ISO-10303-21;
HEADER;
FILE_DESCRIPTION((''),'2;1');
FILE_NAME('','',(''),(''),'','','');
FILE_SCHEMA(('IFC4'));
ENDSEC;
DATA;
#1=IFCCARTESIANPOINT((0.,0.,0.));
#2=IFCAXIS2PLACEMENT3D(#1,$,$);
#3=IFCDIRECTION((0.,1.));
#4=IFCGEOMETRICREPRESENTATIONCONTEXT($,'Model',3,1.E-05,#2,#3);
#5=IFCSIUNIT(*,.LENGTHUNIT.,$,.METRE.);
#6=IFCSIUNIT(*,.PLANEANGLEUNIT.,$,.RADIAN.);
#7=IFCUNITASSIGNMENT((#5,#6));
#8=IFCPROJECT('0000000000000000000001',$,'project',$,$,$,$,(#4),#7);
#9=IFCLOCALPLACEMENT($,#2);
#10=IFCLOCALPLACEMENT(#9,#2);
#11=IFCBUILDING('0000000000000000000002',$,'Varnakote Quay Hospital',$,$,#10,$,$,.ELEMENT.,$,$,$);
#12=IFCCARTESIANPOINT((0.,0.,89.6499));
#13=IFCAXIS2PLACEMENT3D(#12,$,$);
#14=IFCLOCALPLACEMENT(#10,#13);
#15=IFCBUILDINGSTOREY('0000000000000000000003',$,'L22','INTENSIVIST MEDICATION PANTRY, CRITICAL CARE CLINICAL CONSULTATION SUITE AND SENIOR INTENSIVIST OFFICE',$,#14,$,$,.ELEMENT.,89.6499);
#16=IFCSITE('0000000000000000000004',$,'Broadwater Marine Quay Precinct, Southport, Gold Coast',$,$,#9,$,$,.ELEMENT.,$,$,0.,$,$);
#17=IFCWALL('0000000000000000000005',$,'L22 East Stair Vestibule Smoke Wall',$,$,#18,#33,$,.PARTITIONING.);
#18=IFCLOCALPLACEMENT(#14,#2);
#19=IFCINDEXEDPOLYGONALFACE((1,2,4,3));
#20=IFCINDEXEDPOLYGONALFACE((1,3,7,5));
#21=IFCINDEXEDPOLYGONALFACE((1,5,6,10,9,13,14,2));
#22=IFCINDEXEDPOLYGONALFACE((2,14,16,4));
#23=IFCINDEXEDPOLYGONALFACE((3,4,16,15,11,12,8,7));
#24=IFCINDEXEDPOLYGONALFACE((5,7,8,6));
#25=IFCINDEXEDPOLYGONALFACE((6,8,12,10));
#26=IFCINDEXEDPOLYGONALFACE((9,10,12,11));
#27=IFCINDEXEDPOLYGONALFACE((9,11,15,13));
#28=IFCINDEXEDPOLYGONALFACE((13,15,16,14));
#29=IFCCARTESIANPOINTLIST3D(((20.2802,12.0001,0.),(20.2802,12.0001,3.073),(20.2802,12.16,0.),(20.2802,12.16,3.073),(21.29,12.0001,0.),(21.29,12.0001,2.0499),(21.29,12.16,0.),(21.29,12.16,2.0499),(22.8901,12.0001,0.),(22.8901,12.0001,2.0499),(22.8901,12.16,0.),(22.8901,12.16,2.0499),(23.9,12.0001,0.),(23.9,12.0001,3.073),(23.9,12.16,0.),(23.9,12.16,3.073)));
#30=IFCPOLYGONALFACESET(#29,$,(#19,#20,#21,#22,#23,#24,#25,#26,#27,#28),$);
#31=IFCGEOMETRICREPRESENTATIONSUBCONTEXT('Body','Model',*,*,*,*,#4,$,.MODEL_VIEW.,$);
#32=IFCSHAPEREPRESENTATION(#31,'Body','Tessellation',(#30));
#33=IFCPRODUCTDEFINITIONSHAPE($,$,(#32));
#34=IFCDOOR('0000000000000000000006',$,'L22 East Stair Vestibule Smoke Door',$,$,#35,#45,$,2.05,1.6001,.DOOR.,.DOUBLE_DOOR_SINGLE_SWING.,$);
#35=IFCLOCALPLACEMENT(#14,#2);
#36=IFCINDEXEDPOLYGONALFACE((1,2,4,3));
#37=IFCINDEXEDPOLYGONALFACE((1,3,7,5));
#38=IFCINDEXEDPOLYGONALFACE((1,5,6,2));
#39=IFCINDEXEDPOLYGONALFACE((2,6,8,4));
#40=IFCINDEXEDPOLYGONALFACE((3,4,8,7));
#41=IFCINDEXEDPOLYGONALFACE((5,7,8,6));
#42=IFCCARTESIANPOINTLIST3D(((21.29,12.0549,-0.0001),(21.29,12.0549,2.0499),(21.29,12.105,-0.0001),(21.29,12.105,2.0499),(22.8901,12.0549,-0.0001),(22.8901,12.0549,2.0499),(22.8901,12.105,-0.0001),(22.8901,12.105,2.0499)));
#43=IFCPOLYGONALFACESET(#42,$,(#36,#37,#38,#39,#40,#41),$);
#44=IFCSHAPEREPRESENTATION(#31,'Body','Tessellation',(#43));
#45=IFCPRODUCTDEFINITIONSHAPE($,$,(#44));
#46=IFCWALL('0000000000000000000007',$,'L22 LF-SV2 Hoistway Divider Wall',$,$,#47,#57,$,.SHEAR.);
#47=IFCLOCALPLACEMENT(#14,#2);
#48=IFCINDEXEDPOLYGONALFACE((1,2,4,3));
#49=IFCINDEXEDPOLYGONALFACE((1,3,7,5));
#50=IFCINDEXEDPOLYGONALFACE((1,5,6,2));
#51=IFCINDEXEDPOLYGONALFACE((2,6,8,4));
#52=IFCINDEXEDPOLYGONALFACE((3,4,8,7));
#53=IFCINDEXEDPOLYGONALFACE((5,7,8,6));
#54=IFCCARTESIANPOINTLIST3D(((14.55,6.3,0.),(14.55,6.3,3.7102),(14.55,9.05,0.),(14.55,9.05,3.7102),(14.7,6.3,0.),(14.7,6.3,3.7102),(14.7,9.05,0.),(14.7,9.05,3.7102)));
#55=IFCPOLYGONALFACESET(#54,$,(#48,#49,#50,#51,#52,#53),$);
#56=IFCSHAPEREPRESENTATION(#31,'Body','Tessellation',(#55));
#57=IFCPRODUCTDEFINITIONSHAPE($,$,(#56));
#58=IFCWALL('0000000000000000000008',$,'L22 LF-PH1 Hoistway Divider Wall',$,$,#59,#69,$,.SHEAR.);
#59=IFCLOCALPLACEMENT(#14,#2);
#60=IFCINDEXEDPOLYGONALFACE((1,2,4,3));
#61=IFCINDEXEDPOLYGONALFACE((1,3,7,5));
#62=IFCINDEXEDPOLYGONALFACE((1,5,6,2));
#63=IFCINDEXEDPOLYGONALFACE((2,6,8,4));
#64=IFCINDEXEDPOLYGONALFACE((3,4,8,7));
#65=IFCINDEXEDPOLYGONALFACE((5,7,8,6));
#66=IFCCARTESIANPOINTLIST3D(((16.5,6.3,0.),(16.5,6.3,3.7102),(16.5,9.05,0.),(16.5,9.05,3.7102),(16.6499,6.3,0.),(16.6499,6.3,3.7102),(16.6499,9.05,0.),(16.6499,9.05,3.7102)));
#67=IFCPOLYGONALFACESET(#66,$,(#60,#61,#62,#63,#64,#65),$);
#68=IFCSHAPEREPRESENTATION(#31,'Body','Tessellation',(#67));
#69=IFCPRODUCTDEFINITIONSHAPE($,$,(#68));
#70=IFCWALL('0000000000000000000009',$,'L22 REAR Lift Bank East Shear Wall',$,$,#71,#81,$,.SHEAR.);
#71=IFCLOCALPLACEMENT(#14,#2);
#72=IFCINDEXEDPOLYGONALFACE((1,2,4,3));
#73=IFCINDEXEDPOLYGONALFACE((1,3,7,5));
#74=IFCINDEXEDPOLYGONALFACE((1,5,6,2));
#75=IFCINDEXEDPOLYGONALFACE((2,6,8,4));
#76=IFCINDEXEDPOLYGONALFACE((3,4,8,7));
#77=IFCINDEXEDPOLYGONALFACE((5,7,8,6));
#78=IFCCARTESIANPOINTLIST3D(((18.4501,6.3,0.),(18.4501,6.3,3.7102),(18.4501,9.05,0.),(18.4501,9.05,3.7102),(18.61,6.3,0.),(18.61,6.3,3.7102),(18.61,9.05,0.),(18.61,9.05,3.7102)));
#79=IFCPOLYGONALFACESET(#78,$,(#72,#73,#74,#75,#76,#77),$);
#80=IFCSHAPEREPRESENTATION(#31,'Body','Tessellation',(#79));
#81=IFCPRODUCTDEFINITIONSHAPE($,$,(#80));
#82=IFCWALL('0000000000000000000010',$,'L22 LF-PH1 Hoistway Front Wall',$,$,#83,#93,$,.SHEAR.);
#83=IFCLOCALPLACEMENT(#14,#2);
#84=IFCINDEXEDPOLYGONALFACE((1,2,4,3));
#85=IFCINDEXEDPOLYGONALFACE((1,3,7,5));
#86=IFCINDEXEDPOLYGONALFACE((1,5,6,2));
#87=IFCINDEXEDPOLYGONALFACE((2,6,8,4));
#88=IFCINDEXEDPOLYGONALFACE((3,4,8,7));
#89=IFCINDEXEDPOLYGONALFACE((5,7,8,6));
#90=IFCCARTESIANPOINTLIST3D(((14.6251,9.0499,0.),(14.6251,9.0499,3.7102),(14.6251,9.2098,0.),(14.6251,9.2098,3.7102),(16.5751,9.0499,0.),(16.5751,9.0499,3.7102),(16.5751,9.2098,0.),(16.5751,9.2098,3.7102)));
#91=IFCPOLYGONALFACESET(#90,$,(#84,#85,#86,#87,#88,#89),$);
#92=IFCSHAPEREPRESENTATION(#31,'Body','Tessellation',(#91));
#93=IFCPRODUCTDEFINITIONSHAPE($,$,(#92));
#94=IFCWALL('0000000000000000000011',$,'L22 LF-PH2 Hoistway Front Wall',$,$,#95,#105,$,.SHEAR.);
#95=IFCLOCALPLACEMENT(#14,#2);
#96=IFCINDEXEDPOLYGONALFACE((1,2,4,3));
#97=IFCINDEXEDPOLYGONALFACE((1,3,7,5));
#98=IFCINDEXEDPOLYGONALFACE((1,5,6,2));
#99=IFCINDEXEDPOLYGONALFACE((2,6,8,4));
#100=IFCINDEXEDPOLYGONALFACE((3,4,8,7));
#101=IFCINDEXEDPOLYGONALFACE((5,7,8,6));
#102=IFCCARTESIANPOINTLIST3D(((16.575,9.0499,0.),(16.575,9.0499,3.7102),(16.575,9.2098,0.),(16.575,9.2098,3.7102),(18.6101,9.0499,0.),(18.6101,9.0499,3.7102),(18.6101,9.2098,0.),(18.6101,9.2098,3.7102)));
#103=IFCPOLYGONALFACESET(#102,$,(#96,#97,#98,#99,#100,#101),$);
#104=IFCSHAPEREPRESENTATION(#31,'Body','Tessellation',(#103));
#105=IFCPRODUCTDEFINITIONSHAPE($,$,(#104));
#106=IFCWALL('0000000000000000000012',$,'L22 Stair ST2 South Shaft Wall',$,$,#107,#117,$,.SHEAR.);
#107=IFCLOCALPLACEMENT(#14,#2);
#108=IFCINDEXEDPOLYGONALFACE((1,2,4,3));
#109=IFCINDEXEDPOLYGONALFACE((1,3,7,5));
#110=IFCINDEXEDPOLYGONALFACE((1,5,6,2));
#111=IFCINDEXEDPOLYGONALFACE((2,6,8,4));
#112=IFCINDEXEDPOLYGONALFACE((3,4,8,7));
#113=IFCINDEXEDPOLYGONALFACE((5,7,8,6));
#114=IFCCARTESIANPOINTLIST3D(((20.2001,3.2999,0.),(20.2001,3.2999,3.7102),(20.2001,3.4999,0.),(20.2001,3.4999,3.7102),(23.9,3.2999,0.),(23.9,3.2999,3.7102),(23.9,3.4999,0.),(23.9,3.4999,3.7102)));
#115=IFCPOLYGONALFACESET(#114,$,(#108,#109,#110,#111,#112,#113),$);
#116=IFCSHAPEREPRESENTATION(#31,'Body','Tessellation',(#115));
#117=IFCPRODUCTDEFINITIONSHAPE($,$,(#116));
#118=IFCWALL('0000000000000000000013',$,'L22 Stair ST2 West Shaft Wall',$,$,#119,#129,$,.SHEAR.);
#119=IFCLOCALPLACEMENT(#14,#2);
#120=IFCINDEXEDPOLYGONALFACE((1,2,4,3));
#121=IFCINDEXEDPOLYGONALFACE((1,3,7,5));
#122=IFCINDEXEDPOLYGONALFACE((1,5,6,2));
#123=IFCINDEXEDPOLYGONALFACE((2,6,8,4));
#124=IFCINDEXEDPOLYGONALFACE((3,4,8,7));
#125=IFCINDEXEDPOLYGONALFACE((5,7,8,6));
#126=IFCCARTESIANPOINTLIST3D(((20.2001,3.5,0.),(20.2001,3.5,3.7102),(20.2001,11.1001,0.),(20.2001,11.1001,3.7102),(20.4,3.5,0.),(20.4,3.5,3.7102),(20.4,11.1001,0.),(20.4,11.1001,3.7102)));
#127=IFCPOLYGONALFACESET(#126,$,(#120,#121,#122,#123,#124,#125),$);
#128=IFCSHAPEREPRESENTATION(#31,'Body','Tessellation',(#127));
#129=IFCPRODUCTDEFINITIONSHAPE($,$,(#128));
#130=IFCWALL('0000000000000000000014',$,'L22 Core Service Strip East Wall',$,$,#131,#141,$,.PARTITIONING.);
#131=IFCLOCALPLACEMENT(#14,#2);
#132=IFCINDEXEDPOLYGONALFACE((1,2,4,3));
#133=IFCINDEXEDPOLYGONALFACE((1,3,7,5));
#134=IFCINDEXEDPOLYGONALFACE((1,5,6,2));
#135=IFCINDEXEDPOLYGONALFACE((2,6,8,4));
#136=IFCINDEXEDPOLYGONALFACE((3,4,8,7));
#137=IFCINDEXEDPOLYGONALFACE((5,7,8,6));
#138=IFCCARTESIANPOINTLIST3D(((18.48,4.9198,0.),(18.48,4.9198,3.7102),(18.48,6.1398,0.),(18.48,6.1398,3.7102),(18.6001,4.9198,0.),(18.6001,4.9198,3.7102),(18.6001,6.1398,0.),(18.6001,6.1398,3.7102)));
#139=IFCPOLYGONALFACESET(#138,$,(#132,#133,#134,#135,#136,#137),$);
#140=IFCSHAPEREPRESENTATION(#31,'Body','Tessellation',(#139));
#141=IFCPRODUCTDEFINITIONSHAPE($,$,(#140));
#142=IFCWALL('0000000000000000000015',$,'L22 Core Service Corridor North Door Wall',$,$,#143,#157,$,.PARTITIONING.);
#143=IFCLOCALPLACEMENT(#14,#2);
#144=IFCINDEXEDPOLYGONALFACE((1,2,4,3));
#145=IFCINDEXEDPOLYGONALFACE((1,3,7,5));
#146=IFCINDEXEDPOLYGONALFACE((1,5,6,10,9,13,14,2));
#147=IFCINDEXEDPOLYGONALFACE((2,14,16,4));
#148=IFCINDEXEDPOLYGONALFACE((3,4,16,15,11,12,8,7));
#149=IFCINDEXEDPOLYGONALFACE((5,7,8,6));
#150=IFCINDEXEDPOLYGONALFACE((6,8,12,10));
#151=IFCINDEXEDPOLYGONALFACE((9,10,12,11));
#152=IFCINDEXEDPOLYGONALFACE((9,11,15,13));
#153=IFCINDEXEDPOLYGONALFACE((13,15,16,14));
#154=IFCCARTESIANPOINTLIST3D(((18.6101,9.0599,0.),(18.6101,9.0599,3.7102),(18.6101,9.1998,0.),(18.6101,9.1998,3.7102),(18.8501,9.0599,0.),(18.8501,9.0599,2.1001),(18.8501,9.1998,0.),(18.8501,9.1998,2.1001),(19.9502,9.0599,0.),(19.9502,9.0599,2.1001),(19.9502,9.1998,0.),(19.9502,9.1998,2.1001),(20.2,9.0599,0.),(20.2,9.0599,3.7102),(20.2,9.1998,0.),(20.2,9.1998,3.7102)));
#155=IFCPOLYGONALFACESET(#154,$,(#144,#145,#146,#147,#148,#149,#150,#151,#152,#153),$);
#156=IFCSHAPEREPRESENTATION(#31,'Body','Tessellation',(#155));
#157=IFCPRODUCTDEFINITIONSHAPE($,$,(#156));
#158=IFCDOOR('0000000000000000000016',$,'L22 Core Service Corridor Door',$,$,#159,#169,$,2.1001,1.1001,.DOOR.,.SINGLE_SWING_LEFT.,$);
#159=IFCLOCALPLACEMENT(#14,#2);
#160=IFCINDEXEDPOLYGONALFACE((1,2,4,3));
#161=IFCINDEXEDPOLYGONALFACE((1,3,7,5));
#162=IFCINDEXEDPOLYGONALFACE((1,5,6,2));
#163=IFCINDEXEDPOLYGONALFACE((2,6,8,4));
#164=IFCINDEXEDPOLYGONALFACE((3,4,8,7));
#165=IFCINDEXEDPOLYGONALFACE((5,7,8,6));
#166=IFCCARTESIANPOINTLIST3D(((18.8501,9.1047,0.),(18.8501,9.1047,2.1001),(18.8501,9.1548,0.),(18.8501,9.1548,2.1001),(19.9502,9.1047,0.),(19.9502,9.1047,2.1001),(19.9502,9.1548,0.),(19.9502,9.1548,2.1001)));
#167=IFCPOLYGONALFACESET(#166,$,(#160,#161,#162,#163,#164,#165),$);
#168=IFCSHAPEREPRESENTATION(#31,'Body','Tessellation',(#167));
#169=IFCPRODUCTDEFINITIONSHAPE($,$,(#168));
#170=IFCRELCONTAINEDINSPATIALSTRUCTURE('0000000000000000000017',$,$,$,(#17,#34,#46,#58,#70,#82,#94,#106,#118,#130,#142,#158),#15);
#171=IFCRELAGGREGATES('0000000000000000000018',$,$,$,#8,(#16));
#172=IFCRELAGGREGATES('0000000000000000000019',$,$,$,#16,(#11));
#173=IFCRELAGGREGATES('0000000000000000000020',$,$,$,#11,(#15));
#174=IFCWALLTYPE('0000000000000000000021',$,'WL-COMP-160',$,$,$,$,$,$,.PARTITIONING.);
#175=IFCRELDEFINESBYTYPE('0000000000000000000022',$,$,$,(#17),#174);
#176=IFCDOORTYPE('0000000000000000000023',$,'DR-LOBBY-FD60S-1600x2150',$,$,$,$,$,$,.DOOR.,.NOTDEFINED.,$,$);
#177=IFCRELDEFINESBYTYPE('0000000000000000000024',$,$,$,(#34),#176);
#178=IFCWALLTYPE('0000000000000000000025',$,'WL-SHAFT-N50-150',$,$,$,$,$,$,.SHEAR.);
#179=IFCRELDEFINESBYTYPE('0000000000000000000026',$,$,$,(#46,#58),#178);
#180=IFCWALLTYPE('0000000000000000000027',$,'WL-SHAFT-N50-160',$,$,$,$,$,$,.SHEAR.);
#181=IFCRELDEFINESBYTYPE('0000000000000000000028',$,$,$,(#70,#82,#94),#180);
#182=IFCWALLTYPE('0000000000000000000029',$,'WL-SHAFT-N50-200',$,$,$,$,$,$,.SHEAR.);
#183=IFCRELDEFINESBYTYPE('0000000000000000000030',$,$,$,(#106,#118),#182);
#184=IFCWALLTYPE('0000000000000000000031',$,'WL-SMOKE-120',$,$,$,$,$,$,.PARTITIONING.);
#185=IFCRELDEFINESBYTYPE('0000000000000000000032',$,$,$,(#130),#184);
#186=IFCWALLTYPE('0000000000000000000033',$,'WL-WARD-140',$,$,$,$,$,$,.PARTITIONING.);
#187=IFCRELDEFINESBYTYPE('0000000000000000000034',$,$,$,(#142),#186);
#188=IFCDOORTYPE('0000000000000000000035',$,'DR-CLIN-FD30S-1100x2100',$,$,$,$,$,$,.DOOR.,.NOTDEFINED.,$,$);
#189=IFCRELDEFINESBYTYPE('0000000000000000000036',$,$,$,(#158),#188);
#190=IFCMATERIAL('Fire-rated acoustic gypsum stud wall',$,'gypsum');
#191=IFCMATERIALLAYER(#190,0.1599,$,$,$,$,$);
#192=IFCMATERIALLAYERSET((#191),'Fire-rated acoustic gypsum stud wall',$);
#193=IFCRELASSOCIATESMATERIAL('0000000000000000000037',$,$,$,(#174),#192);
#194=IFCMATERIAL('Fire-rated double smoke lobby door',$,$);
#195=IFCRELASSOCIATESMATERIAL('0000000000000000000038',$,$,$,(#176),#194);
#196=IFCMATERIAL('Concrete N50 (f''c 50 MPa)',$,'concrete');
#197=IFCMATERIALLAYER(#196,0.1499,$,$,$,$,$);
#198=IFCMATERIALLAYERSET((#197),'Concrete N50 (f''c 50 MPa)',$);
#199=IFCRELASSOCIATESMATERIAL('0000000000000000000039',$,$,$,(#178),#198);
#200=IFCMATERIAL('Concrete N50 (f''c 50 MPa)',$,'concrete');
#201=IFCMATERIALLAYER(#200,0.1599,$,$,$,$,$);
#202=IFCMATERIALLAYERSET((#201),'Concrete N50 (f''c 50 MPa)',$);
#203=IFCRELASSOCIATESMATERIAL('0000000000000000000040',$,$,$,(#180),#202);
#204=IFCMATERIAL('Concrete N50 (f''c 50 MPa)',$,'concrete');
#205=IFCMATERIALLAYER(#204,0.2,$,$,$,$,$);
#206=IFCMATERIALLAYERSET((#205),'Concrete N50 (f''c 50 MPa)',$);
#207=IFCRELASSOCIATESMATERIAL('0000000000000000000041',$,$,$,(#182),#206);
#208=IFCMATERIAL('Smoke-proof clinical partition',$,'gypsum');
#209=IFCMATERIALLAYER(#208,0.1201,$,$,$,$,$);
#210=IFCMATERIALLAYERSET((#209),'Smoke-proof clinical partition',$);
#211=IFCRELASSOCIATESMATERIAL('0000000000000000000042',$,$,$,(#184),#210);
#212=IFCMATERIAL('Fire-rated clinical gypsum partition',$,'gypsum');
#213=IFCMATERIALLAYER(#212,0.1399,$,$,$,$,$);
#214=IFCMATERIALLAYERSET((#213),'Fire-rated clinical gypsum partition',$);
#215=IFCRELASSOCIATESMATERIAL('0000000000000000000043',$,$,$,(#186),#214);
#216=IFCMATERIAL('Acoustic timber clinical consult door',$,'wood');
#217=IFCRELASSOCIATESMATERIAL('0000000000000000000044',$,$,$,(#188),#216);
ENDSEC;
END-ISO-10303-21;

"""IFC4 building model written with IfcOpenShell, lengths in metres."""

from ifc_helpers import new_model, si_unit, direction, frame, frame_2d, origin, place, context, subcontext, project, spatial, rectangle, extrude, material, layer, layer_set, type_object, element, fill, save


model = new_model("IFC4")

# Units and contexts
model_context = context("Model", 3, precision=1e-05, world=origin(), true_north=direction((0.0, 1.0)))
body_context = subcontext(model_context, "Body", "Model", "MODEL_VIEW")
ifc_project = project(units=[si_unit("LENGTHUNIT", "METRE"), si_unit("PLANEANGLEUNIT", "RADIAN")], contexts=[model_context])

# Site, building, storey
site_placement = place(None, origin())
site = spatial("IfcSite", under=ifc_project, at=site_placement, Name="Broadwater Marine Quay Precinct, Southport, Gold Coast", CompositionType="ELEMENT", RefElevation=0.0)
building_placement = place(site_placement, origin())
building = spatial("IfcBuilding", under=site, at=building_placement, Name="Varnakote Quay Hospital", CompositionType="ELEMENT")
storey_placement = place(building_placement, frame((0.0, 0.0, 89.6499)))
storey = spatial("IfcBuildingStorey", under=building, at=storey_placement, Name="L22", Description="INTENSIVIST MEDICATION PANTRY, CRITICAL CARE CLINICAL CONSULTATION SUITE AND SENIOR INTENSIVIST OFFICE", CompositionType="ELEMENT", Elevation=89.6499)

# Shared definitions
ifc_material_1 = material(Name="Fire-rated acoustic gypsum stud wall", Category="gypsum")
ifc_layer_1 = layer(ifc_material_1, 0.1599)
ifc_layer_set_1 = layer_set([ifc_layer_1], Name="Fire-rated acoustic gypsum stud wall")
wall_type_1 = type_object("IfcWallType", Name="WL-COMP-160", PredefinedType="PARTITIONING", material=ifc_layer_set_1)

# Shared definitions
ifc_material_2 = material(Name="Fire-rated double smoke lobby door")
door_type_1 = type_object("IfcDoorType", Name="DR-LOBBY-FD60S-1600x2150", OperationType="NOTDEFINED", PredefinedType="DOOR", material=ifc_material_2)

# Wall, opening, door
wall_1_placement = place(storey_placement, frame((20.28, 12.0801, 0.0), z_axis=(0.0, 0.0, 1.0), x_axis=(1.0, 0.0, 0.0)))
wall_1 = element("IfcWall", 1, at=wall_1_placement, inside=storey, type_object=wall_type_1, Name="L22 East Stair Vestibule Smoke Wall", PredefinedType="PARTITIONING", context=body_context, shape_type="SweptSolid", body=[
    extrude(rectangle(XDim=3.6199, YDim=0.1599, at=frame_2d((1.8101, 0.0))), origin(), (0.0, 0.0, 1.0), 3.073),
])
opening_1_placement = place(wall_1_placement, frame((1.01, 0.0, 0.0)))
opening_1 = element("IfcOpeningElement", 2, at=opening_1_placement, cuts=wall_1, PredefinedType="OPENING", context=body_context, shape_type="SweptSolid", body=[
    extrude(rectangle(XDim=1.6001, YDim=2.05, at=frame_2d((0.8, 1.0249))), frame((0.0, 0.0898, 0.0), z_axis=(0.0, -1.0, 0.0), x_axis=(1.0, 0.0, 0.0)), (0.0, 0.0, 1.0), 0.1799),
])
door_1_placement = place(opening_1_placement, origin())
door_1 = element("IfcDoor", 3, at=door_1_placement, inside=storey, type_object=door_type_1, Name="L22 East Stair Vestibule Smoke Door", OperationType="DOUBLE_DOOR_SINGLE_SWING", OverallHeight=2.05, OverallWidth=1.6001, PredefinedType="DOOR", context=body_context, shape_type="SweptSolid", body=[
    extrude(rectangle(XDim=1.6001, YDim=2.05, at=frame_2d((0.8, 1.0249))), frame((0.0, 0.0249, 0.0), z_axis=(0.0, -1.0, 0.0), x_axis=(1.0, 0.0, 0.0)), (0.0, 0.0, 1.0), 0.05),
])
fill(opening_1, door_1)

# Walls
ifc_material_3 = material(Name="Concrete N50 (f'c 50 MPa)", Category="concrete")
ifc_layer_2 = layer(ifc_material_3, 0.1499)
ifc_layer_set_2 = layer_set([ifc_layer_2], Name="Concrete N50 (f'c 50 MPa)")
wall_type_2 = type_object("IfcWallType", Name="WL-SHAFT-N50-150", PredefinedType="SHEAR", material=ifc_layer_set_2)
for number, where, z_axis, x_axis, name in (
    (4, (14.625, 6.3, 0.0), (0.0, 0.0, 1.0), (0.0, 1.0, 0.0), "L22 LF-SV2 Hoistway Divider Wall"),
    (5, (16.575, 6.3, 0.0), (0.0, 0.0, 1.0), (0.0, 1.0, 0.0), "L22 LF-PH1 Hoistway Divider Wall"),
):
    element("IfcWall", number, at=place(storey_placement, frame(where, z_axis=z_axis, x_axis=x_axis)), inside=storey, type_object=wall_type_2, Name=name, PredefinedType="SHEAR", context=body_context, shape_type="SweptSolid", body=[
        extrude(rectangle(XDim=2.75, YDim=0.1499, at=frame_2d((1.375, 0.0))), origin(), (0.0, 0.0, 1.0), 3.7102),
    ])
ifc_material_4 = material(Name="Concrete N50 (f'c 50 MPa)", Category="concrete")
ifc_layer_3 = layer(ifc_material_4, 0.1599)
ifc_layer_set_3 = layer_set([ifc_layer_3], Name="Concrete N50 (f'c 50 MPa)")
wall_type_3 = type_object("IfcWallType", Name="WL-SHAFT-N50-160", PredefinedType="SHEAR", material=ifc_layer_set_3)
wall_2_placement = place(storey_placement, frame((18.53, 6.3, 0.0), z_axis=(0.0, 0.0, 1.0), x_axis=(0.0, 1.0, 0.0)))
element("IfcWall", 6, at=wall_2_placement, inside=storey, type_object=wall_type_3, Name="L22 REAR Lift Bank East Shear Wall", PredefinedType="SHEAR", context=body_context, shape_type="SweptSolid", body=[
    extrude(rectangle(XDim=2.75, YDim=0.1599, at=frame_2d((1.375, 0.0))), origin(), (0.0, 0.0, 1.0), 3.7102),
])
wall_3_placement = place(storey_placement, frame((14.625, 9.1299, 0.0), z_axis=(0.0, 0.0, 1.0), x_axis=(1.0, 0.0, 0.0)))
element("IfcWall", 7, at=wall_3_placement, inside=storey, type_object=wall_type_3, Name="L22 LF-PH1 Hoistway Front Wall", PredefinedType="SHEAR", context=body_context, shape_type="SweptSolid", body=[
    extrude(rectangle(XDim=1.95, YDim=0.1599, at=frame_2d((0.9751, 0.0))), origin(), (0.0, 0.0, 1.0), 3.7102),
])
wall_4_placement = place(storey_placement, frame((16.575, 9.1299, 0.0), z_axis=(0.0, 0.0, 1.0), x_axis=(1.0, 0.0, 0.0)))
element("IfcWall", 8, at=wall_4_placement, inside=storey, type_object=wall_type_3, Name="L22 LF-PH2 Hoistway Front Wall", PredefinedType="SHEAR", context=body_context, shape_type="SweptSolid", body=[
    extrude(rectangle(XDim=2.0352, YDim=0.1599, at=frame_2d((1.0176, 0.0))), origin(), (0.0, 0.0, 1.0), 3.7102),
])
ifc_material_5 = material(Name="Concrete N50 (f'c 50 MPa)", Category="concrete")
ifc_layer_4 = layer(ifc_material_5, 0.2)
ifc_layer_set_4 = layer_set([ifc_layer_4], Name="Concrete N50 (f'c 50 MPa)")
wall_type_4 = type_object("IfcWallType", Name="WL-SHAFT-N50-200", PredefinedType="SHEAR", material=ifc_layer_set_4)
wall_5_placement = place(storey_placement, frame((20.2, 3.3999, 0.0), z_axis=(0.0, 0.0, 1.0), x_axis=(1.0, 0.0, 0.0)))
element("IfcWall", 9, at=wall_5_placement, inside=storey, type_object=wall_type_4, Name="L22 Stair ST2 South Shaft Wall", PredefinedType="SHEAR", context=body_context, shape_type="SweptSolid", body=[
    extrude(rectangle(XDim=3.7, YDim=0.2, at=frame_2d((1.8501, 0.0))), origin(), (0.0, 0.0, 1.0), 3.7102),
])
wall_6_placement = place(storey_placement, frame((20.3, 3.5, 0.0), z_axis=(0.0, 0.0, 1.0), x_axis=(0.0, 1.0, 0.0)))
element("IfcWall", 10, at=wall_6_placement, inside=storey, type_object=wall_type_4, Name="L22 Stair ST2 West Shaft Wall", PredefinedType="SHEAR", context=body_context, shape_type="SweptSolid", body=[
    extrude(rectangle(XDim=7.6001, YDim=0.2, at=frame_2d((3.8, 0.0))), origin(), (0.0, 0.0, 1.0), 3.7102),
])

# Wall
ifc_material_6 = material(Name="Smoke-proof clinical partition", Category="gypsum")
ifc_layer_5 = layer(ifc_material_6, 0.1201)
ifc_layer_set_5 = layer_set([ifc_layer_5], Name="Smoke-proof clinical partition")
wall_type_5 = type_object("IfcWallType", Name="WL-SMOKE-120", PredefinedType="PARTITIONING", material=ifc_layer_set_5)
wall_7_placement = place(storey_placement, frame((18.54, 4.9199, 0.0), z_axis=(0.0, 0.0, 1.0), x_axis=(0.0, 1.0, 0.0)))
element("IfcWall", 11, at=wall_7_placement, inside=storey, type_object=wall_type_5, Name="L22 Core Service Strip East Wall", PredefinedType="PARTITIONING", context=body_context, shape_type="SweptSolid", body=[
    extrude(rectangle(XDim=1.22, YDim=0.1201, at=frame_2d((0.6099, 0.0))), origin(), (0.0, 0.0, 1.0), 3.7102),
])

# Wall, opening, door
ifc_material_7 = material(Name="Fire-rated clinical gypsum partition", Category="gypsum")
ifc_layer_6 = layer(ifc_material_7, 0.1399)
ifc_layer_set_6 = layer_set([ifc_layer_6], Name="Fire-rated clinical gypsum partition")
wall_type_6 = type_object("IfcWallType", Name="WL-WARD-140", PredefinedType="PARTITIONING", material=ifc_layer_set_6)
wall_8_placement = place(storey_placement, frame((18.6101, 9.1299, 0.0), z_axis=(0.0, 0.0, 1.0), x_axis=(1.0, 0.0, 0.0)))
wall_8 = element("IfcWall", 12, at=wall_8_placement, inside=storey, type_object=wall_type_6, Name="L22 Core Service Corridor North Door Wall", PredefinedType="PARTITIONING", context=body_context, shape_type="SweptSolid", body=[
    extrude(rectangle(XDim=1.5898, YDim=0.1399, at=frame_2d((0.7949, 0.0))), origin(), (0.0, 0.0, 1.0), 3.7102),
])
opening_2_placement = place(wall_8_placement, frame((0.24, 0.0, 0.0)))
opening_2 = element("IfcOpeningElement", 13, at=opening_2_placement, cuts=wall_8, PredefinedType="OPENING", context=body_context, shape_type="SweptSolid", body=[
    extrude(rectangle(XDim=1.1001, YDim=2.1001, at=frame_2d((0.55, 1.05))), frame((0.0, 0.0798, 0.0), z_axis=(0.0, -1.0, 0.0), x_axis=(1.0, 0.0, 0.0)), (0.0, 0.0, 1.0), 0.1599),
])
ifc_material_8 = material(Name="Acoustic timber clinical consult door", Category="wood")
door_type_2 = type_object("IfcDoorType", Name="DR-CLIN-FD30S-1100x2100", OperationType="NOTDEFINED", PredefinedType="DOOR", material=ifc_material_8)
door_2_placement = place(opening_2_placement, origin())
door_2 = element("IfcDoor", 14, at=door_2_placement, inside=storey, type_object=door_type_2, Name="L22 Core Service Corridor Door", OperationType="SINGLE_SWING_LEFT", OverallHeight=2.1001, OverallWidth=1.1001, PredefinedType="DOOR", context=body_context, shape_type="SweptSolid", body=[
    extrude(rectangle(XDim=1.1001, YDim=2.1001, at=frame_2d((0.55, 1.05))), frame((0.0, 0.0249, 0.0), z_axis=(0.0, -1.0, 0.0), x_axis=(1.0, 0.0, 0.0)), (0.0, 0.0, 1.0), 0.05),
])
fill(opening_2, door_2)

save(model, "model.ifc")
